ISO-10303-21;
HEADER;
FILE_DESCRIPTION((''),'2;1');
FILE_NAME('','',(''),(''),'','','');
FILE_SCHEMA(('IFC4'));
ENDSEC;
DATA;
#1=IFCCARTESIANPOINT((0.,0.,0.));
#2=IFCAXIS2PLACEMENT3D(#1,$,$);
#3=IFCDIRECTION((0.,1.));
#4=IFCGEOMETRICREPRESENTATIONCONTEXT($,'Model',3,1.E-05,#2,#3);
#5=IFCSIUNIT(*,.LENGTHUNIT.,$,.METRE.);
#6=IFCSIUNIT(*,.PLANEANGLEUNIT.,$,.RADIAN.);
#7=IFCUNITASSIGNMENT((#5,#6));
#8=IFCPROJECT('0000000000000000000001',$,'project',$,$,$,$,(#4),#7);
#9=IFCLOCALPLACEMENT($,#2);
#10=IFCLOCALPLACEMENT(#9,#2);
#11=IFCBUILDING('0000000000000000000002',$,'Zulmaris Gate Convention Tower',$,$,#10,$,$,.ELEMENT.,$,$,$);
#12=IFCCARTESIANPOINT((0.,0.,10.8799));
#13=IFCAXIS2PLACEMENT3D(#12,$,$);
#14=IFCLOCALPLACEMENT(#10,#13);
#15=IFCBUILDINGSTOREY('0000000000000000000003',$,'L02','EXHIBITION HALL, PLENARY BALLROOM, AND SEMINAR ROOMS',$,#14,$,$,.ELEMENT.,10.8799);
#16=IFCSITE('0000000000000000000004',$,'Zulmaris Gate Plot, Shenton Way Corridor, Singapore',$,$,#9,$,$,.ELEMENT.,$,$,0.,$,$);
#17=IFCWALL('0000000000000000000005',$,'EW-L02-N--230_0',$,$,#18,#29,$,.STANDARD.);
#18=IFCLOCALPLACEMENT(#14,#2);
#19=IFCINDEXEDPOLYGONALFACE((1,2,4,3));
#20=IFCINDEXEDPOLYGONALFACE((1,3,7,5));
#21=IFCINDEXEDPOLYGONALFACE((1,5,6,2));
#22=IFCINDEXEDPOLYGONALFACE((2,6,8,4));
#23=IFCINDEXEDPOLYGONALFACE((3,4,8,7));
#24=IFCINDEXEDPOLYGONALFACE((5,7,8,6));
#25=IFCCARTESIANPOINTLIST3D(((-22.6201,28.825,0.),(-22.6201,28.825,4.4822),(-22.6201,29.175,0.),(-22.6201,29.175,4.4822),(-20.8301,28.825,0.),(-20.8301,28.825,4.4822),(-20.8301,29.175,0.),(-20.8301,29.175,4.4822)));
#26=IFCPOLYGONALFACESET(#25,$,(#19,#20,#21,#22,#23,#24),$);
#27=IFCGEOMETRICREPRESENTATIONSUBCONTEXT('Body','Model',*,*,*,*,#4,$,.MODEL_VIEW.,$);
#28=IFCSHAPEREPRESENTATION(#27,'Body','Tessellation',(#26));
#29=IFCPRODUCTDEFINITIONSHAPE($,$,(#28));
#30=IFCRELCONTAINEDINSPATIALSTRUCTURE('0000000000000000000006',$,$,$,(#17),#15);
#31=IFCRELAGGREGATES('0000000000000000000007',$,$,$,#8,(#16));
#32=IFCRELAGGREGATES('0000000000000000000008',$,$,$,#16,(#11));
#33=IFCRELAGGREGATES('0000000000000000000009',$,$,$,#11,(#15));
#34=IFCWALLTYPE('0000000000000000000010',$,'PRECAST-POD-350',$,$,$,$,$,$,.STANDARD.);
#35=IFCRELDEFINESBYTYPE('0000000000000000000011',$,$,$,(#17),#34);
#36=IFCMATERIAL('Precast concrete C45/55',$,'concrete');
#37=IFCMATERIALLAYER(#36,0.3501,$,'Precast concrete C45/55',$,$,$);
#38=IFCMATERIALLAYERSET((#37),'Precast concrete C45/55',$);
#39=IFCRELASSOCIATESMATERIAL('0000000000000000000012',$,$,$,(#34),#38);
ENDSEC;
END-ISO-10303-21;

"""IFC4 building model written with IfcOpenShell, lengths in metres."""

from ifc_helpers import new_model, si_unit, direction, frame, frame_2d, origin, place, context, subcontext, project, spatial, rectangle, extrude, material, layer, layer_set, type_object, element, save


model = new_model("IFC4")

# Units and contexts
model_context = context("Model", 3, precision=1e-05, world=origin(), true_north=direction((0.0, 1.0)))
body_context = subcontext(model_context, "Body", "Model", "MODEL_VIEW")
ifc_project = project(units=[si_unit("LENGTHUNIT", "METRE"), si_unit("PLANEANGLEUNIT", "RADIAN")], contexts=[model_context])

# Site, building, storey
site_placement = place(None, origin())
site = spatial("IfcSite", under=ifc_project, at=site_placement, Name="Zulmaris Gate Plot, Shenton Way Corridor, Singapore", CompositionType="ELEMENT", RefElevation=0.0)
building_placement = place(site_placement, origin())
building = spatial("IfcBuilding", under=site, at=building_placement, Name="Zulmaris Gate Convention Tower", CompositionType="ELEMENT")
storey_placement = place(building_placement, frame((0.0, 0.0, 10.8799)))
storey = spatial("IfcBuildingStorey", under=building, at=storey_placement, Name="L02", Description="EXHIBITION HALL, PLENARY BALLROOM, AND SEMINAR ROOMS", CompositionType="ELEMENT", Elevation=10.8799)

# Wall
ifc_material_1 = material(Name="Precast concrete C45/55", Category="concrete")
ifc_layer_1 = layer(ifc_material_1, 0.3501, Name="Precast concrete C45/55")
ifc_layer_set_1 = layer_set([ifc_layer_1], Name="Precast concrete C45/55")
wall_type_1 = type_object("IfcWallType", Name="PRECAST-POD-350", PredefinedType="STANDARD", material=ifc_layer_set_1)
wall_1_placement = place(storey_placement, frame((-20.8301, 29.0, 0.0), z_axis=(0.0, 0.0, 1.0), x_axis=(-1.0, 0.0, 0.0)))
element("IfcWall", 1, at=wall_1_placement, inside=storey, type_object=wall_type_1, Name="EW-L02-N--230_0", PredefinedType="STANDARD", context=body_context, shape_type="SweptSolid", body=[
    extrude(rectangle(XDim=1.79, YDim=0.3501, at=frame_2d((0.895, 0.0))), origin(), (0.0, 0.0, 1.0), 4.4822),
])

save(model, "model.ifc")
